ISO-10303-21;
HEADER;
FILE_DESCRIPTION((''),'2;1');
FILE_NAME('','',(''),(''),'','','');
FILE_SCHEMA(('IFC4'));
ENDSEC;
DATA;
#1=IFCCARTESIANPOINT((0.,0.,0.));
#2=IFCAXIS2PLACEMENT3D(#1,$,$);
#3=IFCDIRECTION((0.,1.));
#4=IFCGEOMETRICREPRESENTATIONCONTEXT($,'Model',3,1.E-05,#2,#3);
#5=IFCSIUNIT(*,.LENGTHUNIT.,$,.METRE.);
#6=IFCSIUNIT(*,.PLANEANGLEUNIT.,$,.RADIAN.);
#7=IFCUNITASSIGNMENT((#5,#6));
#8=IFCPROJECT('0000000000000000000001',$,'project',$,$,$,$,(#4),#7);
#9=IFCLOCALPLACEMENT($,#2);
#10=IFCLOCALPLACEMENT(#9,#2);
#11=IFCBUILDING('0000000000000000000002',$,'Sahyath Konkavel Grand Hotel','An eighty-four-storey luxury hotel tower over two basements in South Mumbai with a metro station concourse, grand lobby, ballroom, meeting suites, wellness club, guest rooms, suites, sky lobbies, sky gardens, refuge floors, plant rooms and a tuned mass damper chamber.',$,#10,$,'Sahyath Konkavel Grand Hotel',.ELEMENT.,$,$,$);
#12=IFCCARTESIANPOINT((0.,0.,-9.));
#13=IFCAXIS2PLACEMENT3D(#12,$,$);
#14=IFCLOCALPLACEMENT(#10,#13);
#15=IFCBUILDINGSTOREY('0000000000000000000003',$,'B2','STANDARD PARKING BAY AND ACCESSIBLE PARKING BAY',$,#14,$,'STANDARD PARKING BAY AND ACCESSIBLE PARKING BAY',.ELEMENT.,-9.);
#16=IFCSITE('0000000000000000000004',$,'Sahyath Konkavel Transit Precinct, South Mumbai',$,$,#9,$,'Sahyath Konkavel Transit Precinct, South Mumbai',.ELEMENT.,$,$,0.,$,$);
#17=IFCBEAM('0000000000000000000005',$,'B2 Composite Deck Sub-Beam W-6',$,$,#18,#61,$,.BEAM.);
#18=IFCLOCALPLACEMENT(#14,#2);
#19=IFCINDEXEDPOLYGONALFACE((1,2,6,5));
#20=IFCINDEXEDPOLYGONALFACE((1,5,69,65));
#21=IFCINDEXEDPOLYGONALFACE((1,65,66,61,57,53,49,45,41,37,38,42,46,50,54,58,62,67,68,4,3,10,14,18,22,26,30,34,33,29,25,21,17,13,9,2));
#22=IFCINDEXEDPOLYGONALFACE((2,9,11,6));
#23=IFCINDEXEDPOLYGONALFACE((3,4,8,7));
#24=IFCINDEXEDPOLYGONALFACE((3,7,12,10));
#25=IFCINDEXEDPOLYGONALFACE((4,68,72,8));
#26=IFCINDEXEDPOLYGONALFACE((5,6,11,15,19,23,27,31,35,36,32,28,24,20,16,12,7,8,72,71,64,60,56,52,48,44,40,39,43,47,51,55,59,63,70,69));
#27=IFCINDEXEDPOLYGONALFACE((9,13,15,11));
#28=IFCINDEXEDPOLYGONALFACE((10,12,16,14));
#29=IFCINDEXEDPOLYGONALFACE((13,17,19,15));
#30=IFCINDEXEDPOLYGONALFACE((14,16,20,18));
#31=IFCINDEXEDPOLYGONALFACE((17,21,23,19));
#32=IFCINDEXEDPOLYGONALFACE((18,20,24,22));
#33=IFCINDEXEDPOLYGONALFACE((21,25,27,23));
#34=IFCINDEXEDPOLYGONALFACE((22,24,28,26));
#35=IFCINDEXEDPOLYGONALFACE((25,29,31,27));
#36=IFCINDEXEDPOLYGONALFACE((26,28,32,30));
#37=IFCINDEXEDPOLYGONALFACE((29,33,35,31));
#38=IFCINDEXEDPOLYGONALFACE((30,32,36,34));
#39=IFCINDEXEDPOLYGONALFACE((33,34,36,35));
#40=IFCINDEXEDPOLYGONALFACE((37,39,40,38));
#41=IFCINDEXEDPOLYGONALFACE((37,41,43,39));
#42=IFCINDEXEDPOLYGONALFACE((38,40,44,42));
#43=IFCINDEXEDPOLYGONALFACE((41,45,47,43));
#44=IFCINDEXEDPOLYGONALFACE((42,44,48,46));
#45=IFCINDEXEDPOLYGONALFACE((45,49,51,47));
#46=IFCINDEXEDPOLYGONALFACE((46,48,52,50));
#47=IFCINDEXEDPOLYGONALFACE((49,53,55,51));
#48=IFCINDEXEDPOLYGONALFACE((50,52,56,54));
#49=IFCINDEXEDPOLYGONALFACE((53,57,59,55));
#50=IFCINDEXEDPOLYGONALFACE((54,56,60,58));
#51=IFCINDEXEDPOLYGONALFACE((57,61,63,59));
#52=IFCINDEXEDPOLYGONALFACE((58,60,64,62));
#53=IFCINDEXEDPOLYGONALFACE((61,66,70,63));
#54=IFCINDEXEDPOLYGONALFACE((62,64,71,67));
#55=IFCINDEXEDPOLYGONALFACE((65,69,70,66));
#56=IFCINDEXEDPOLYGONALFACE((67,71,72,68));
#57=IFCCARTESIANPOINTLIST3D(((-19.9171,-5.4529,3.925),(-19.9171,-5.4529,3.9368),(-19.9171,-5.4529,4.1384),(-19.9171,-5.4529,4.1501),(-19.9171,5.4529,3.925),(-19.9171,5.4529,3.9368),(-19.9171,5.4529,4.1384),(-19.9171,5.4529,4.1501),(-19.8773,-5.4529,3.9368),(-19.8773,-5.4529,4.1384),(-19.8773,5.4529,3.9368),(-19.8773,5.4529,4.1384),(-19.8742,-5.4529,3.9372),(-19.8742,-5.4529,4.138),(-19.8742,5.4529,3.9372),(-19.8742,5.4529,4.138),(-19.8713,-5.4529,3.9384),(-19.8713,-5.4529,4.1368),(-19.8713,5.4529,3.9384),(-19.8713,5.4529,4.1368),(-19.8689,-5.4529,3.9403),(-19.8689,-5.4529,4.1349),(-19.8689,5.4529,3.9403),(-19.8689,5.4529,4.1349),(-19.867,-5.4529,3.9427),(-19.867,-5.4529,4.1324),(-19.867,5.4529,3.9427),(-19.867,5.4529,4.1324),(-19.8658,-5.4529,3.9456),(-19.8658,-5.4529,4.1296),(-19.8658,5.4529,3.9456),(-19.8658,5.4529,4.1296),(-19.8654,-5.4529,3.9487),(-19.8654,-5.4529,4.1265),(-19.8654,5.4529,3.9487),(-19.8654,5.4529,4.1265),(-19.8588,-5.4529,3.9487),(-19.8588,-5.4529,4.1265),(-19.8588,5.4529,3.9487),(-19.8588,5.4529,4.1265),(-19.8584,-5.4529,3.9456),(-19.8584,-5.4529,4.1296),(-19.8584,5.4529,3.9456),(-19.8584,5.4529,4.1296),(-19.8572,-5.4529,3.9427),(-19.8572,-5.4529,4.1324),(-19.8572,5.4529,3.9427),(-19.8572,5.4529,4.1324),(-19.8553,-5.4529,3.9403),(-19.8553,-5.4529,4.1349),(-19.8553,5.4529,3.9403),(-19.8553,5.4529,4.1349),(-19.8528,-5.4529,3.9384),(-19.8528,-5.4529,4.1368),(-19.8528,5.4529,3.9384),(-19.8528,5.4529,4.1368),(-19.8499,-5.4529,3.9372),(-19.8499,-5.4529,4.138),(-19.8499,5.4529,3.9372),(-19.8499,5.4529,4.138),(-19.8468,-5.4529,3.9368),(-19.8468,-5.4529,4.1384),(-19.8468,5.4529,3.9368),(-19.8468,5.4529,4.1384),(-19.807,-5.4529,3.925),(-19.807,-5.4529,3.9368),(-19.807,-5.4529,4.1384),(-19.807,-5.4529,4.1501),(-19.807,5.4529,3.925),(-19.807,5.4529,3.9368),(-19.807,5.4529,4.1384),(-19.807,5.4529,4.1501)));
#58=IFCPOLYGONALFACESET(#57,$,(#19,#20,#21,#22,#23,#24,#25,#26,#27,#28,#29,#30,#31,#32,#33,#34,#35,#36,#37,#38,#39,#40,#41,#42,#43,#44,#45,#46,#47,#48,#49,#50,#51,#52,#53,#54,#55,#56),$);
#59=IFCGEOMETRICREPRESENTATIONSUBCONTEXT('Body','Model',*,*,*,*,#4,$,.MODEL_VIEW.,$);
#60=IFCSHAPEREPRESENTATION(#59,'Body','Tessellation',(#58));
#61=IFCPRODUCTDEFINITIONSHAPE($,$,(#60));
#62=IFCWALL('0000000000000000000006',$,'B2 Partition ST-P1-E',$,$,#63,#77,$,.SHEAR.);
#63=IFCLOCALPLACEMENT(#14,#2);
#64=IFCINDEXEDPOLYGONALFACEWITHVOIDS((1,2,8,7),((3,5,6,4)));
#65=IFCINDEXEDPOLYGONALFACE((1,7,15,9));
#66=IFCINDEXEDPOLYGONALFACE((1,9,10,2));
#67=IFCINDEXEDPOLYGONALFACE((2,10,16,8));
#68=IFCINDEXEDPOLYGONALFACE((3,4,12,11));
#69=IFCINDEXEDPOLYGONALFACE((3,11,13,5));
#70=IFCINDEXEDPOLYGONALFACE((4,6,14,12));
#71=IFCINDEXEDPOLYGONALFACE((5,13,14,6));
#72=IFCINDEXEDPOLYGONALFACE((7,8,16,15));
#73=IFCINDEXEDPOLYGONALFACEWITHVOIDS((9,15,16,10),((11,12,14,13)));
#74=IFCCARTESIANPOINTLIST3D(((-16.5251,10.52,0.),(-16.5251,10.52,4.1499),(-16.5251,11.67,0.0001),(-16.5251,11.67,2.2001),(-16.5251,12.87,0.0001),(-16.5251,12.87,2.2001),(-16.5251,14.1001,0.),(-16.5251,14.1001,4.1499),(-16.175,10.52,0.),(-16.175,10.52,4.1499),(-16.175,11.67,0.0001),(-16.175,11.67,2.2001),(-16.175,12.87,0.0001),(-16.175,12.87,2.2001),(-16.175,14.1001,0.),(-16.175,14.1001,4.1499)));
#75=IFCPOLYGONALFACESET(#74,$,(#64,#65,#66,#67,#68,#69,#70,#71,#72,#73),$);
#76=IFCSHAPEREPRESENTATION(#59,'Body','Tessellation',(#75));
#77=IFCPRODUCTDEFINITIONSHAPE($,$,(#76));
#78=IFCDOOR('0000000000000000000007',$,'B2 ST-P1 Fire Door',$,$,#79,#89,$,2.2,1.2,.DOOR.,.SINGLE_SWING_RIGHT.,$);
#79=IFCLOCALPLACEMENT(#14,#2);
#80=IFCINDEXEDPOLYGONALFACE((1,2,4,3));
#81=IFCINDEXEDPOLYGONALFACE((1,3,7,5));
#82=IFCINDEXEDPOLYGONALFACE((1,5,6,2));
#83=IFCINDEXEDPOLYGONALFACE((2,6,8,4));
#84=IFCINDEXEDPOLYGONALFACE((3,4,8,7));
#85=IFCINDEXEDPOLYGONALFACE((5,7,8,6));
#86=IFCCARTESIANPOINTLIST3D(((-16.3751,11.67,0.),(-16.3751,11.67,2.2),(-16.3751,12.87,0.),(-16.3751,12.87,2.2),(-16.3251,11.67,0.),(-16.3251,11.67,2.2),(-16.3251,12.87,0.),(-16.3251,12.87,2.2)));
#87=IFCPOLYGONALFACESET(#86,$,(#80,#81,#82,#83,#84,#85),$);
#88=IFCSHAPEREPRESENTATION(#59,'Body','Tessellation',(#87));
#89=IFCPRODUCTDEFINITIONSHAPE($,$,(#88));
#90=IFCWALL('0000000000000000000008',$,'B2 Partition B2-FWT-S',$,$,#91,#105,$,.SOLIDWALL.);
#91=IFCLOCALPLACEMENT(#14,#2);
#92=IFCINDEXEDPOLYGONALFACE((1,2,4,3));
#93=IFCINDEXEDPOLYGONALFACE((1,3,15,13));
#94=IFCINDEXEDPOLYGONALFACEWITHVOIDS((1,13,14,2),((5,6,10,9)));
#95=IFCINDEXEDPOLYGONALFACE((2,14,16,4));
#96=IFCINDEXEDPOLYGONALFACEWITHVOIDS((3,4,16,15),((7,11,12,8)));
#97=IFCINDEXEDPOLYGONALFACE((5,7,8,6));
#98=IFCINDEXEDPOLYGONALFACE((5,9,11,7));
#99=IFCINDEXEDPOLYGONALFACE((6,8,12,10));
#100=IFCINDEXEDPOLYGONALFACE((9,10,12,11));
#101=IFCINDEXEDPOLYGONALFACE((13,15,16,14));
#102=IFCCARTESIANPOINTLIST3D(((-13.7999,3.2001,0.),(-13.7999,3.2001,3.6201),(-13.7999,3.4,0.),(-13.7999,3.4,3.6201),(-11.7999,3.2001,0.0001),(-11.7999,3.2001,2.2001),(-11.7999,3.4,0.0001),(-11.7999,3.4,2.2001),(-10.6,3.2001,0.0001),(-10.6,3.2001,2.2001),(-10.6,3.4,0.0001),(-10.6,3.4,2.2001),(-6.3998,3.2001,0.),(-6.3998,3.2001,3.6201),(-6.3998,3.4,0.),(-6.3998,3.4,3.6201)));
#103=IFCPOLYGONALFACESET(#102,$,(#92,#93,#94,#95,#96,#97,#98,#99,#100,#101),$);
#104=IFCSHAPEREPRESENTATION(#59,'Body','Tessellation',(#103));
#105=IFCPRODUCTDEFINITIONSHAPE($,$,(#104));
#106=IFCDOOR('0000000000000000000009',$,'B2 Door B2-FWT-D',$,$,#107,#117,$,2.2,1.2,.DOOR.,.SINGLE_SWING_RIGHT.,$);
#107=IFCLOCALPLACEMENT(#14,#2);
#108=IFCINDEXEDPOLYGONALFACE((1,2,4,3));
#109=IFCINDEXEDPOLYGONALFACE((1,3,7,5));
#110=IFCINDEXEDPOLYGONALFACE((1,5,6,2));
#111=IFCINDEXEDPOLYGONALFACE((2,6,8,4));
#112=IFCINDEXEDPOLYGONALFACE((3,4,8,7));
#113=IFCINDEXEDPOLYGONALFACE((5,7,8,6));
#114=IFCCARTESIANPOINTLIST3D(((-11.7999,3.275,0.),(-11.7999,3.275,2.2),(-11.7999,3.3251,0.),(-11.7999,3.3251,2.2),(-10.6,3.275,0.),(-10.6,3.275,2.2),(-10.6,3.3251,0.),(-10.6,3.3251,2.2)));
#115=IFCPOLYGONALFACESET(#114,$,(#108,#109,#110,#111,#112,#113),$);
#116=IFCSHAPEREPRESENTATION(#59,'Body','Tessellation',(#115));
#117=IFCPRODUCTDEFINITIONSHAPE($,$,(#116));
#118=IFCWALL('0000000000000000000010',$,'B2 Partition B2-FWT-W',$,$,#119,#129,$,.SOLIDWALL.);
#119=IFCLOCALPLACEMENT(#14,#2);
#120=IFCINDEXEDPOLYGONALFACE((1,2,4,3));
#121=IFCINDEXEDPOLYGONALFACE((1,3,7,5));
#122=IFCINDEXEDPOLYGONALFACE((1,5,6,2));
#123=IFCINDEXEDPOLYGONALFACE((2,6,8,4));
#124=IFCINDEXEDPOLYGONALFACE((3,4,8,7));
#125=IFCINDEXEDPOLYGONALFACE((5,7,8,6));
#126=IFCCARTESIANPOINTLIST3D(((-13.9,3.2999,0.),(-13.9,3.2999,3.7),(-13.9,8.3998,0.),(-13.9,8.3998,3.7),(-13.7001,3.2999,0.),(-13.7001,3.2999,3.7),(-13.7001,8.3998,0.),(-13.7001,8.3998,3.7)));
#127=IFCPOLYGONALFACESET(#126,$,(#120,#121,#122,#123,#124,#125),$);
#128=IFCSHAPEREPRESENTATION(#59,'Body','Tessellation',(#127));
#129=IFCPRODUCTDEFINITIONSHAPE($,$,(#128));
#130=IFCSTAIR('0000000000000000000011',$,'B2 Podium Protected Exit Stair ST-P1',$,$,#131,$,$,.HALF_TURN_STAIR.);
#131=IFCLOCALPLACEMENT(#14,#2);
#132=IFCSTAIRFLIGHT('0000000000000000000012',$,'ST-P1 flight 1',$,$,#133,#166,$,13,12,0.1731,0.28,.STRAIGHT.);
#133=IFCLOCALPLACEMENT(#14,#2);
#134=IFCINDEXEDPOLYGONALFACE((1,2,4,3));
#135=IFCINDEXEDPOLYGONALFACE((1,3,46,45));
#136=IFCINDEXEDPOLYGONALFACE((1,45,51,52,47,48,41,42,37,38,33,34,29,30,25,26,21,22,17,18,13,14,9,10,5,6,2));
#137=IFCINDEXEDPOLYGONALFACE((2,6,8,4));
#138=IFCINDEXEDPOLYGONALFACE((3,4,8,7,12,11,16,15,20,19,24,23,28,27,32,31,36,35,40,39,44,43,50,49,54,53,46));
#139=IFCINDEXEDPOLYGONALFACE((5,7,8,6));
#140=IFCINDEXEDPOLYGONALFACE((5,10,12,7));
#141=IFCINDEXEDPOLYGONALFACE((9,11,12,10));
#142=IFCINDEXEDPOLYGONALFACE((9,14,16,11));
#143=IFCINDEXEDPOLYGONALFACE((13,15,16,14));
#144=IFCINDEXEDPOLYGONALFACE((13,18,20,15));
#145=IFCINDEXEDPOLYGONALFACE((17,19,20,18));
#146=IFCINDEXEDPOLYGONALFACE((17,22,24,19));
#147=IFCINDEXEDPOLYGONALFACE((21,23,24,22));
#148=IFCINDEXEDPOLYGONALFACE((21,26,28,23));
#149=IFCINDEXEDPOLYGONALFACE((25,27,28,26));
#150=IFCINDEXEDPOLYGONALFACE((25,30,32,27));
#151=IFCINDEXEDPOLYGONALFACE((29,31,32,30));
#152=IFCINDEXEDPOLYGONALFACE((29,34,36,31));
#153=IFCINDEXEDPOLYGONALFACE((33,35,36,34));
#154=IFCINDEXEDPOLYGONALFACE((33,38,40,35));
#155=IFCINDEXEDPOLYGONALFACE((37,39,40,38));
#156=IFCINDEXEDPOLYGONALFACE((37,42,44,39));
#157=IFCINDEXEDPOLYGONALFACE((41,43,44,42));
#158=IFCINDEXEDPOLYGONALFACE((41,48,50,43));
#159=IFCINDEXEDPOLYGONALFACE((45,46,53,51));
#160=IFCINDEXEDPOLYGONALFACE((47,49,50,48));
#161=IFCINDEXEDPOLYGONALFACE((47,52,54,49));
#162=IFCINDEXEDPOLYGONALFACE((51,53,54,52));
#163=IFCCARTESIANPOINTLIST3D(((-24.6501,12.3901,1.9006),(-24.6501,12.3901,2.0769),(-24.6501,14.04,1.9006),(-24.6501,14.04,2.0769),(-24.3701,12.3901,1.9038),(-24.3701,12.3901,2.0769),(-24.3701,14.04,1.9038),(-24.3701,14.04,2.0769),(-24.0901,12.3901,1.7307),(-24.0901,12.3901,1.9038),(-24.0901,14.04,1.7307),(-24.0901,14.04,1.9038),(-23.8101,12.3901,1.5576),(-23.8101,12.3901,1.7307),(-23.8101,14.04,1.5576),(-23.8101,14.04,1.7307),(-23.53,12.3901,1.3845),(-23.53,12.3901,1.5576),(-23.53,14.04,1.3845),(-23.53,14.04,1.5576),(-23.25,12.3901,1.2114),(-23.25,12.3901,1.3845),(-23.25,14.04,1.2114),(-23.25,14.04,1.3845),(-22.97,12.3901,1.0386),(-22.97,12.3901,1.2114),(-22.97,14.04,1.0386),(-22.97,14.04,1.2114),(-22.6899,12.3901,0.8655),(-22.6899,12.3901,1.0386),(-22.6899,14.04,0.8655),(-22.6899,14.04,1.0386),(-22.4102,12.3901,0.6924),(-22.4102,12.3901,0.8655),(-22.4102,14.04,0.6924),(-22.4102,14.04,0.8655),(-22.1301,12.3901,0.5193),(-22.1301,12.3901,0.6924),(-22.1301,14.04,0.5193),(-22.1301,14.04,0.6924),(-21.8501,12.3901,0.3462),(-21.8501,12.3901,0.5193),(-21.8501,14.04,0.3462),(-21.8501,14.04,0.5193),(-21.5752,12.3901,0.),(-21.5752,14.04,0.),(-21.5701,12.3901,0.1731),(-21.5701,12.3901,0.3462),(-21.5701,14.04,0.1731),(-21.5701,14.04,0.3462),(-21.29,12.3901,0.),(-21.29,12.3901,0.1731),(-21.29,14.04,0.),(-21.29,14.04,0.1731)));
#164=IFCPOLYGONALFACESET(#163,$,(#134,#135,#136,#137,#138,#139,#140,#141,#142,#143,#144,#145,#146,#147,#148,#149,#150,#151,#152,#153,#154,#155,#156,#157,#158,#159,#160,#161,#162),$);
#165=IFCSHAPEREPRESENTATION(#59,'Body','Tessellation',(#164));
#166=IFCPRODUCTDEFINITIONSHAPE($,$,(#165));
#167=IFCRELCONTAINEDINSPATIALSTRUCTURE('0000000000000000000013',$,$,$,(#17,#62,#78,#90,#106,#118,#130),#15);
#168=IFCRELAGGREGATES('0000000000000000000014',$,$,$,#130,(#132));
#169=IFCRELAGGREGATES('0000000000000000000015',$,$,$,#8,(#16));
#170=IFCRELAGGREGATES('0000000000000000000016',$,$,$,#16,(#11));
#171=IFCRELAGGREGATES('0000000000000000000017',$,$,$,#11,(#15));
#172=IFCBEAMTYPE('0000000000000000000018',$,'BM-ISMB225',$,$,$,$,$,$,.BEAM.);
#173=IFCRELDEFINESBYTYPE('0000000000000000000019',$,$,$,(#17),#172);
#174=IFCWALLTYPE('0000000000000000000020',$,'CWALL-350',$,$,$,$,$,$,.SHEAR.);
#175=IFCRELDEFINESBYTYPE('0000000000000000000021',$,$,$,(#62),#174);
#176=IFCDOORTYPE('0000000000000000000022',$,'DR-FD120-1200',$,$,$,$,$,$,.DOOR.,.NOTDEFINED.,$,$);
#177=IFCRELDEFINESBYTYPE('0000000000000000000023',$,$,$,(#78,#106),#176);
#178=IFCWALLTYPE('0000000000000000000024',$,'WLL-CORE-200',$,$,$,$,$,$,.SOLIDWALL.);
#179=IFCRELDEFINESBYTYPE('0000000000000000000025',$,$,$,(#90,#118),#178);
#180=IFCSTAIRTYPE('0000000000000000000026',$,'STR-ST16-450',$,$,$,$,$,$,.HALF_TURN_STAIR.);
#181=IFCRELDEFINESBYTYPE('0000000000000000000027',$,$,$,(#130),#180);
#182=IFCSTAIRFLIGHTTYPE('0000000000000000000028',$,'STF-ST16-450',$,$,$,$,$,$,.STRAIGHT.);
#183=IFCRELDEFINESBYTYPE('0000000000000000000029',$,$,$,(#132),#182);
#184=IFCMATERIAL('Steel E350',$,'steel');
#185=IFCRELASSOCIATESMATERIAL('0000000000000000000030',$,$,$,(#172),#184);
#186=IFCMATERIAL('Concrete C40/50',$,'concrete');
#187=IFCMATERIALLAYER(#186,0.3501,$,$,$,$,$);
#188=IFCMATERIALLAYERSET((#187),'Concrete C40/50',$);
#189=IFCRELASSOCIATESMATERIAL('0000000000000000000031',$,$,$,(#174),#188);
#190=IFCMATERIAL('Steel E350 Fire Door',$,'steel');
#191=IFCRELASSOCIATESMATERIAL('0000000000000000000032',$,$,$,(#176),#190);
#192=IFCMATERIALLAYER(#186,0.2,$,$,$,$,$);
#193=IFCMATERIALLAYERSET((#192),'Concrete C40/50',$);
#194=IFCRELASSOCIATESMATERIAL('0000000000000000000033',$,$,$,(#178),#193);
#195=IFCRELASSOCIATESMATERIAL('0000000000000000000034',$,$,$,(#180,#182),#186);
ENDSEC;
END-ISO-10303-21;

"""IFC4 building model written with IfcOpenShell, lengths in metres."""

from ifc_helpers import new_model, si_unit, direction, frame, frame_2d, origin, origin_2d, place, context, subcontext, project, spatial, polyline, rectangle, i_section, outline, extrude, source, transform, mapped, material, layer, layer_set, material_profile, profile_set, type_object, element, fill, aggregate, save


model = new_model("IFC4")

# Units and contexts
model_context = context("Model", 3, precision=1e-05, world=origin(), true_north=direction((0.0, 1.0)))
body_context = subcontext(model_context, "Body", "Model", "MODEL_VIEW")
ifc_project = project(units=[si_unit("LENGTHUNIT", "METRE"), si_unit("PLANEANGLEUNIT", "RADIAN")], contexts=[model_context])

# Site, building, storey
site_placement = place(None, origin())
site = spatial("IfcSite", under=ifc_project, at=site_placement, Name="Sahyath Konkavel Transit Precinct, South Mumbai", LongName="Sahyath Konkavel Transit Precinct, South Mumbai", CompositionType="ELEMENT", RefElevation=0.0)
building_placement = place(site_placement, origin())
building = spatial("IfcBuilding", under=site, at=building_placement, Name="Sahyath Konkavel Grand Hotel", Description="An eighty-four-storey luxury hotel tower over two basements in South Mumbai with a metro station concourse, grand lobby, ballroom, meeting suites, wellness club, guest rooms, suites, sky lobbies, sky gardens, refuge floors, plant rooms and a tuned mass damper chamber.", LongName="Sahyath Konkavel Grand Hotel", CompositionType="ELEMENT")
storey_placement = place(building_placement, frame((0.0, 0.0, -9.0)))
storey = spatial("IfcBuildingStorey", under=building, at=storey_placement, Name="B2", Description="STANDARD PARKING BAY AND ACCESSIBLE PARKING BAY", LongName="STANDARD PARKING BAY AND ACCESSIBLE PARKING BAY", CompositionType="ELEMENT", Elevation=-9.0)

# Beam
ifc_material_1 = material(Name="Steel E350", Category="steel")
ifc_material_profile_1 = material_profile(ifc_material_1, i_section(OverallWidth=0.1101, OverallDepth=0.2251, WebThickness=0.0066, FlangeThickness=0.0117, FilletRadius=0.012, at=origin_2d()), Name="ISMB 225")
ifc_profile_set_1 = profile_set([ifc_material_profile_1], Name="Steel E350")
beam_type_1 = type_object("IfcBeamType", Name="BM-ISMB225", PredefinedType="BEAM", material=ifc_profile_set_1)
shared_shape_1 = source(origin(), body_context, "Body", "SweptSolid", [
    extrude(i_section(OverallWidth=0.1101, OverallDepth=0.2251, WebThickness=0.0066, FlangeThickness=0.0117, FilletRadius=0.012, at=origin_2d()), origin(), (0.0, 0.0, 1.0), 10.9058),
])
beam_1_placement = place(storey_placement, frame((-19.8621, 5.4529, 4.0376), z_axis=(0.0, -1.0, 0.0), x_axis=(1.0, 0.0, 0.0)))
element("IfcBeam", 1, at=beam_1_placement, inside=storey, type_object=beam_type_1, Name="B2 Composite Deck Sub-Beam W-6", PredefinedType="BEAM", context=body_context, shape_type="MappedRepresentation", body=[
    mapped(shared_shape_1, transform((0.0, 0.0, 0.0), scale=1.0)),
])

# Walls, openings, doors
ifc_material_2 = material(Name="Concrete C40/50", Category="concrete")
ifc_layer_1 = layer(ifc_material_2, 0.3501)
ifc_layer_set_1 = layer_set([ifc_layer_1], Name="Concrete C40/50")
wall_type_1 = type_object("IfcWallType", Name="CWALL-350", PredefinedType="SHEAR", material=ifc_layer_set_1)
wall_1_placement = place(storey_placement, frame((-16.3501, 10.52, 0.0), z_axis=(0.0, 0.0, 1.0), x_axis=(0.0, 1.0, 0.0)))
wall_1 = element("IfcWall", 2, at=wall_1_placement, inside=storey, type_object=wall_type_1, Name="B2 Partition ST-P1-E", PredefinedType="SHEAR", context=body_context, shape_type="SweptSolid", body=[
    extrude(rectangle(XDim=3.5801, YDim=0.3501, at=frame_2d((1.79, 0.0))), origin(), (0.0, 0.0, 1.0), 4.1499),
])
opening_1_placement = place(wall_1_placement, frame((1.1499, 0.0, 0.0)))
opening_1 = element("IfcOpeningElement", 3, at=opening_1_placement, cuts=wall_1, PredefinedType="OPENING", context=body_context, shape_type="SweptSolid", body=[
    extrude(rectangle(XDim=1.2, YDim=2.2, at=frame_2d((0.6001, 1.1001))), frame((0.0, 0.1851, 0.0), z_axis=(0.0, -1.0, 0.0), x_axis=(1.0, 0.0, 0.0)), (0.0, 0.0, 1.0), 0.3701),
])
ifc_material_3 = material(Name="Steel E350 Fire Door", Category="steel")
door_type = type_object("IfcDoorType", Name="DR-FD120-1200", OperationType="NOTDEFINED", PredefinedType="DOOR", material=ifc_material_3)
shared_shape_2 = source(origin(), body_context, "Body", "SweptSolid", [
    extrude(rectangle(XDim=1.2, YDim=0.05, at=origin_2d()), origin(), (0.0, 0.0, 1.0), 2.2),
])
door_1_placement = place(opening_1_placement, frame((0.6001, 0.0, 0.0)))
door_1 = element("IfcDoor", 4, at=door_1_placement, inside=storey, type_object=door_type, Name="B2 ST-P1 Fire Door", OperationType="SINGLE_SWING_RIGHT", OverallHeight=2.2, OverallWidth=1.2, PredefinedType="DOOR", context=body_context, shape_type="MappedRepresentation", body=[
    mapped(shared_shape_2, transform((0.0, 0.0, 0.0), scale=1.0)),
])
fill(opening_1, door_1)
ifc_layer_2 = layer(ifc_material_2, 0.2)
ifc_layer_set_2 = layer_set([ifc_layer_2], Name="Concrete C40/50")
wall_type_2 = type_object("IfcWallType", Name="WLL-CORE-200", PredefinedType="SOLIDWALL", material=ifc_layer_set_2)
wall_2_placement = place(storey_placement, frame((-13.8, 3.3, 0.0), z_axis=(0.0, 0.0, 1.0), x_axis=(1.0, 0.0, 0.0)))
wall_2 = element("IfcWall", 5, at=wall_2_placement, inside=storey, type_object=wall_type_2, Name="B2 Partition B2-FWT-S", PredefinedType="SOLIDWALL", context=body_context, shape_type="SweptSolid", body=[
    extrude(rectangle(XDim=7.4001, YDim=0.2, at=frame_2d((3.7002, 0.0))), origin(), (0.0, 0.0, 1.0), 3.6201),
])
opening_2_placement = place(wall_2_placement, frame((2.0, 0.0, 0.0)))
opening_2 = element("IfcOpeningElement", 6, at=opening_2_placement, cuts=wall_2, PredefinedType="OPENING", context=body_context, shape_type="SweptSolid", body=[
    extrude(rectangle(XDim=1.2, YDim=2.2, at=frame_2d((0.6001, 1.1001))), frame((0.0, 0.1099, 0.0), z_axis=(0.0, -1.0, 0.0), x_axis=(1.0, 0.0, 0.0)), (0.0, 0.0, 1.0), 0.22),
])
door_2_placement = place(opening_2_placement, frame((0.6001, 0.0, 0.0)))
door_2 = element("IfcDoor", 7, at=door_2_placement, inside=storey, type_object=door_type, Name="B2 Door B2-FWT-D", OperationType="SINGLE_SWING_RIGHT", OverallHeight=2.2, OverallWidth=1.2, PredefinedType="DOOR", context=body_context, shape_type="MappedRepresentation", body=[
    mapped(shared_shape_2, transform((0.0, 0.0, 0.0), scale=1.0)),
])
fill(opening_2, door_2)

# Wall
wall_3_placement = place(storey_placement, frame((-13.8, 3.3, 0.0), z_axis=(0.0, 0.0, 1.0), x_axis=(0.0, 1.0, 0.0)))
element("IfcWall", 8, at=wall_3_placement, inside=storey, type_object=wall_type_2, Name="B2 Partition B2-FWT-W", PredefinedType="SOLIDWALL", context=body_context, shape_type="SweptSolid", body=[
    extrude(rectangle(XDim=5.0999, YDim=0.2, at=frame_2d((2.5498, 0.0))), origin(), (0.0, 0.0, 1.0), 3.7),
])

# Stair, stair flight
stair_type = type_object("IfcStairType", Name="STR-ST16-450", PredefinedType="HALF_TURN_STAIR", material=ifc_material_2)
stair_placement = place(storey_placement, origin())
stair = element("IfcStair", 9, at=stair_placement, inside=storey, type_object=stair_type, Name="B2 Podium Protected Exit Stair ST-P1", PredefinedType="HALF_TURN_STAIR")
stair_flight_type = type_object("IfcStairFlightType", Name="STF-ST16-450", PredefinedType="STRAIGHT", material=ifc_material_2)
stair_flight_1_placement = place(storey_placement, frame((-21.29, 13.2151, 0.0), z_axis=(0.0, 0.0, 1.0), x_axis=(-1.0, 0.0, 0.0)))
stair_flight_1 = element("IfcStairFlight", 10, at=stair_flight_1_placement, type_object=stair_flight_type, Name="ST-P1 flight 1", NumberOfRisers=13, NumberOfTreads=12, PredefinedType="STRAIGHT", RiserHeight=0.1731, TreadLength=0.28, context=body_context, shape_type="SweptSolid", body=[
    extrude(outline(polyline([(0.0, 0.0), (0.0, 0.1731), (0.28, 0.1731), (0.28, 0.3462), (0.5601, 0.3462), (0.5601, 0.5193), (0.8401, 0.5193), (0.8401, 0.6924), (1.1201, 0.6924), (1.1201, 0.8655), (1.3999, 0.8655), (1.3999, 1.0386), (1.6799, 1.0386), (1.6799, 1.2114), (1.96, 1.2114), (1.96, 1.3845), (2.24, 1.3845), (2.24, 1.5576), (2.52, 1.5576), (2.52, 1.7307), (2.8, 1.7307), (2.8, 1.9038), (3.0801, 1.9038), (3.0801, 2.0769), (3.3601, 2.0769), (3.3601, 2.25), (3.3601, 1.9006), (0.2852, 0.0), (0.0, 0.0)])), frame((0.0, 0.825, 0.0), z_axis=(0.0, -1.0, 0.0), x_axis=(1.0, 0.0, 0.0)), (0.0, 0.0, 1.0), 1.6499),
])
aggregate(stair, [stair_flight_1])

save(model, "model.ifc")
